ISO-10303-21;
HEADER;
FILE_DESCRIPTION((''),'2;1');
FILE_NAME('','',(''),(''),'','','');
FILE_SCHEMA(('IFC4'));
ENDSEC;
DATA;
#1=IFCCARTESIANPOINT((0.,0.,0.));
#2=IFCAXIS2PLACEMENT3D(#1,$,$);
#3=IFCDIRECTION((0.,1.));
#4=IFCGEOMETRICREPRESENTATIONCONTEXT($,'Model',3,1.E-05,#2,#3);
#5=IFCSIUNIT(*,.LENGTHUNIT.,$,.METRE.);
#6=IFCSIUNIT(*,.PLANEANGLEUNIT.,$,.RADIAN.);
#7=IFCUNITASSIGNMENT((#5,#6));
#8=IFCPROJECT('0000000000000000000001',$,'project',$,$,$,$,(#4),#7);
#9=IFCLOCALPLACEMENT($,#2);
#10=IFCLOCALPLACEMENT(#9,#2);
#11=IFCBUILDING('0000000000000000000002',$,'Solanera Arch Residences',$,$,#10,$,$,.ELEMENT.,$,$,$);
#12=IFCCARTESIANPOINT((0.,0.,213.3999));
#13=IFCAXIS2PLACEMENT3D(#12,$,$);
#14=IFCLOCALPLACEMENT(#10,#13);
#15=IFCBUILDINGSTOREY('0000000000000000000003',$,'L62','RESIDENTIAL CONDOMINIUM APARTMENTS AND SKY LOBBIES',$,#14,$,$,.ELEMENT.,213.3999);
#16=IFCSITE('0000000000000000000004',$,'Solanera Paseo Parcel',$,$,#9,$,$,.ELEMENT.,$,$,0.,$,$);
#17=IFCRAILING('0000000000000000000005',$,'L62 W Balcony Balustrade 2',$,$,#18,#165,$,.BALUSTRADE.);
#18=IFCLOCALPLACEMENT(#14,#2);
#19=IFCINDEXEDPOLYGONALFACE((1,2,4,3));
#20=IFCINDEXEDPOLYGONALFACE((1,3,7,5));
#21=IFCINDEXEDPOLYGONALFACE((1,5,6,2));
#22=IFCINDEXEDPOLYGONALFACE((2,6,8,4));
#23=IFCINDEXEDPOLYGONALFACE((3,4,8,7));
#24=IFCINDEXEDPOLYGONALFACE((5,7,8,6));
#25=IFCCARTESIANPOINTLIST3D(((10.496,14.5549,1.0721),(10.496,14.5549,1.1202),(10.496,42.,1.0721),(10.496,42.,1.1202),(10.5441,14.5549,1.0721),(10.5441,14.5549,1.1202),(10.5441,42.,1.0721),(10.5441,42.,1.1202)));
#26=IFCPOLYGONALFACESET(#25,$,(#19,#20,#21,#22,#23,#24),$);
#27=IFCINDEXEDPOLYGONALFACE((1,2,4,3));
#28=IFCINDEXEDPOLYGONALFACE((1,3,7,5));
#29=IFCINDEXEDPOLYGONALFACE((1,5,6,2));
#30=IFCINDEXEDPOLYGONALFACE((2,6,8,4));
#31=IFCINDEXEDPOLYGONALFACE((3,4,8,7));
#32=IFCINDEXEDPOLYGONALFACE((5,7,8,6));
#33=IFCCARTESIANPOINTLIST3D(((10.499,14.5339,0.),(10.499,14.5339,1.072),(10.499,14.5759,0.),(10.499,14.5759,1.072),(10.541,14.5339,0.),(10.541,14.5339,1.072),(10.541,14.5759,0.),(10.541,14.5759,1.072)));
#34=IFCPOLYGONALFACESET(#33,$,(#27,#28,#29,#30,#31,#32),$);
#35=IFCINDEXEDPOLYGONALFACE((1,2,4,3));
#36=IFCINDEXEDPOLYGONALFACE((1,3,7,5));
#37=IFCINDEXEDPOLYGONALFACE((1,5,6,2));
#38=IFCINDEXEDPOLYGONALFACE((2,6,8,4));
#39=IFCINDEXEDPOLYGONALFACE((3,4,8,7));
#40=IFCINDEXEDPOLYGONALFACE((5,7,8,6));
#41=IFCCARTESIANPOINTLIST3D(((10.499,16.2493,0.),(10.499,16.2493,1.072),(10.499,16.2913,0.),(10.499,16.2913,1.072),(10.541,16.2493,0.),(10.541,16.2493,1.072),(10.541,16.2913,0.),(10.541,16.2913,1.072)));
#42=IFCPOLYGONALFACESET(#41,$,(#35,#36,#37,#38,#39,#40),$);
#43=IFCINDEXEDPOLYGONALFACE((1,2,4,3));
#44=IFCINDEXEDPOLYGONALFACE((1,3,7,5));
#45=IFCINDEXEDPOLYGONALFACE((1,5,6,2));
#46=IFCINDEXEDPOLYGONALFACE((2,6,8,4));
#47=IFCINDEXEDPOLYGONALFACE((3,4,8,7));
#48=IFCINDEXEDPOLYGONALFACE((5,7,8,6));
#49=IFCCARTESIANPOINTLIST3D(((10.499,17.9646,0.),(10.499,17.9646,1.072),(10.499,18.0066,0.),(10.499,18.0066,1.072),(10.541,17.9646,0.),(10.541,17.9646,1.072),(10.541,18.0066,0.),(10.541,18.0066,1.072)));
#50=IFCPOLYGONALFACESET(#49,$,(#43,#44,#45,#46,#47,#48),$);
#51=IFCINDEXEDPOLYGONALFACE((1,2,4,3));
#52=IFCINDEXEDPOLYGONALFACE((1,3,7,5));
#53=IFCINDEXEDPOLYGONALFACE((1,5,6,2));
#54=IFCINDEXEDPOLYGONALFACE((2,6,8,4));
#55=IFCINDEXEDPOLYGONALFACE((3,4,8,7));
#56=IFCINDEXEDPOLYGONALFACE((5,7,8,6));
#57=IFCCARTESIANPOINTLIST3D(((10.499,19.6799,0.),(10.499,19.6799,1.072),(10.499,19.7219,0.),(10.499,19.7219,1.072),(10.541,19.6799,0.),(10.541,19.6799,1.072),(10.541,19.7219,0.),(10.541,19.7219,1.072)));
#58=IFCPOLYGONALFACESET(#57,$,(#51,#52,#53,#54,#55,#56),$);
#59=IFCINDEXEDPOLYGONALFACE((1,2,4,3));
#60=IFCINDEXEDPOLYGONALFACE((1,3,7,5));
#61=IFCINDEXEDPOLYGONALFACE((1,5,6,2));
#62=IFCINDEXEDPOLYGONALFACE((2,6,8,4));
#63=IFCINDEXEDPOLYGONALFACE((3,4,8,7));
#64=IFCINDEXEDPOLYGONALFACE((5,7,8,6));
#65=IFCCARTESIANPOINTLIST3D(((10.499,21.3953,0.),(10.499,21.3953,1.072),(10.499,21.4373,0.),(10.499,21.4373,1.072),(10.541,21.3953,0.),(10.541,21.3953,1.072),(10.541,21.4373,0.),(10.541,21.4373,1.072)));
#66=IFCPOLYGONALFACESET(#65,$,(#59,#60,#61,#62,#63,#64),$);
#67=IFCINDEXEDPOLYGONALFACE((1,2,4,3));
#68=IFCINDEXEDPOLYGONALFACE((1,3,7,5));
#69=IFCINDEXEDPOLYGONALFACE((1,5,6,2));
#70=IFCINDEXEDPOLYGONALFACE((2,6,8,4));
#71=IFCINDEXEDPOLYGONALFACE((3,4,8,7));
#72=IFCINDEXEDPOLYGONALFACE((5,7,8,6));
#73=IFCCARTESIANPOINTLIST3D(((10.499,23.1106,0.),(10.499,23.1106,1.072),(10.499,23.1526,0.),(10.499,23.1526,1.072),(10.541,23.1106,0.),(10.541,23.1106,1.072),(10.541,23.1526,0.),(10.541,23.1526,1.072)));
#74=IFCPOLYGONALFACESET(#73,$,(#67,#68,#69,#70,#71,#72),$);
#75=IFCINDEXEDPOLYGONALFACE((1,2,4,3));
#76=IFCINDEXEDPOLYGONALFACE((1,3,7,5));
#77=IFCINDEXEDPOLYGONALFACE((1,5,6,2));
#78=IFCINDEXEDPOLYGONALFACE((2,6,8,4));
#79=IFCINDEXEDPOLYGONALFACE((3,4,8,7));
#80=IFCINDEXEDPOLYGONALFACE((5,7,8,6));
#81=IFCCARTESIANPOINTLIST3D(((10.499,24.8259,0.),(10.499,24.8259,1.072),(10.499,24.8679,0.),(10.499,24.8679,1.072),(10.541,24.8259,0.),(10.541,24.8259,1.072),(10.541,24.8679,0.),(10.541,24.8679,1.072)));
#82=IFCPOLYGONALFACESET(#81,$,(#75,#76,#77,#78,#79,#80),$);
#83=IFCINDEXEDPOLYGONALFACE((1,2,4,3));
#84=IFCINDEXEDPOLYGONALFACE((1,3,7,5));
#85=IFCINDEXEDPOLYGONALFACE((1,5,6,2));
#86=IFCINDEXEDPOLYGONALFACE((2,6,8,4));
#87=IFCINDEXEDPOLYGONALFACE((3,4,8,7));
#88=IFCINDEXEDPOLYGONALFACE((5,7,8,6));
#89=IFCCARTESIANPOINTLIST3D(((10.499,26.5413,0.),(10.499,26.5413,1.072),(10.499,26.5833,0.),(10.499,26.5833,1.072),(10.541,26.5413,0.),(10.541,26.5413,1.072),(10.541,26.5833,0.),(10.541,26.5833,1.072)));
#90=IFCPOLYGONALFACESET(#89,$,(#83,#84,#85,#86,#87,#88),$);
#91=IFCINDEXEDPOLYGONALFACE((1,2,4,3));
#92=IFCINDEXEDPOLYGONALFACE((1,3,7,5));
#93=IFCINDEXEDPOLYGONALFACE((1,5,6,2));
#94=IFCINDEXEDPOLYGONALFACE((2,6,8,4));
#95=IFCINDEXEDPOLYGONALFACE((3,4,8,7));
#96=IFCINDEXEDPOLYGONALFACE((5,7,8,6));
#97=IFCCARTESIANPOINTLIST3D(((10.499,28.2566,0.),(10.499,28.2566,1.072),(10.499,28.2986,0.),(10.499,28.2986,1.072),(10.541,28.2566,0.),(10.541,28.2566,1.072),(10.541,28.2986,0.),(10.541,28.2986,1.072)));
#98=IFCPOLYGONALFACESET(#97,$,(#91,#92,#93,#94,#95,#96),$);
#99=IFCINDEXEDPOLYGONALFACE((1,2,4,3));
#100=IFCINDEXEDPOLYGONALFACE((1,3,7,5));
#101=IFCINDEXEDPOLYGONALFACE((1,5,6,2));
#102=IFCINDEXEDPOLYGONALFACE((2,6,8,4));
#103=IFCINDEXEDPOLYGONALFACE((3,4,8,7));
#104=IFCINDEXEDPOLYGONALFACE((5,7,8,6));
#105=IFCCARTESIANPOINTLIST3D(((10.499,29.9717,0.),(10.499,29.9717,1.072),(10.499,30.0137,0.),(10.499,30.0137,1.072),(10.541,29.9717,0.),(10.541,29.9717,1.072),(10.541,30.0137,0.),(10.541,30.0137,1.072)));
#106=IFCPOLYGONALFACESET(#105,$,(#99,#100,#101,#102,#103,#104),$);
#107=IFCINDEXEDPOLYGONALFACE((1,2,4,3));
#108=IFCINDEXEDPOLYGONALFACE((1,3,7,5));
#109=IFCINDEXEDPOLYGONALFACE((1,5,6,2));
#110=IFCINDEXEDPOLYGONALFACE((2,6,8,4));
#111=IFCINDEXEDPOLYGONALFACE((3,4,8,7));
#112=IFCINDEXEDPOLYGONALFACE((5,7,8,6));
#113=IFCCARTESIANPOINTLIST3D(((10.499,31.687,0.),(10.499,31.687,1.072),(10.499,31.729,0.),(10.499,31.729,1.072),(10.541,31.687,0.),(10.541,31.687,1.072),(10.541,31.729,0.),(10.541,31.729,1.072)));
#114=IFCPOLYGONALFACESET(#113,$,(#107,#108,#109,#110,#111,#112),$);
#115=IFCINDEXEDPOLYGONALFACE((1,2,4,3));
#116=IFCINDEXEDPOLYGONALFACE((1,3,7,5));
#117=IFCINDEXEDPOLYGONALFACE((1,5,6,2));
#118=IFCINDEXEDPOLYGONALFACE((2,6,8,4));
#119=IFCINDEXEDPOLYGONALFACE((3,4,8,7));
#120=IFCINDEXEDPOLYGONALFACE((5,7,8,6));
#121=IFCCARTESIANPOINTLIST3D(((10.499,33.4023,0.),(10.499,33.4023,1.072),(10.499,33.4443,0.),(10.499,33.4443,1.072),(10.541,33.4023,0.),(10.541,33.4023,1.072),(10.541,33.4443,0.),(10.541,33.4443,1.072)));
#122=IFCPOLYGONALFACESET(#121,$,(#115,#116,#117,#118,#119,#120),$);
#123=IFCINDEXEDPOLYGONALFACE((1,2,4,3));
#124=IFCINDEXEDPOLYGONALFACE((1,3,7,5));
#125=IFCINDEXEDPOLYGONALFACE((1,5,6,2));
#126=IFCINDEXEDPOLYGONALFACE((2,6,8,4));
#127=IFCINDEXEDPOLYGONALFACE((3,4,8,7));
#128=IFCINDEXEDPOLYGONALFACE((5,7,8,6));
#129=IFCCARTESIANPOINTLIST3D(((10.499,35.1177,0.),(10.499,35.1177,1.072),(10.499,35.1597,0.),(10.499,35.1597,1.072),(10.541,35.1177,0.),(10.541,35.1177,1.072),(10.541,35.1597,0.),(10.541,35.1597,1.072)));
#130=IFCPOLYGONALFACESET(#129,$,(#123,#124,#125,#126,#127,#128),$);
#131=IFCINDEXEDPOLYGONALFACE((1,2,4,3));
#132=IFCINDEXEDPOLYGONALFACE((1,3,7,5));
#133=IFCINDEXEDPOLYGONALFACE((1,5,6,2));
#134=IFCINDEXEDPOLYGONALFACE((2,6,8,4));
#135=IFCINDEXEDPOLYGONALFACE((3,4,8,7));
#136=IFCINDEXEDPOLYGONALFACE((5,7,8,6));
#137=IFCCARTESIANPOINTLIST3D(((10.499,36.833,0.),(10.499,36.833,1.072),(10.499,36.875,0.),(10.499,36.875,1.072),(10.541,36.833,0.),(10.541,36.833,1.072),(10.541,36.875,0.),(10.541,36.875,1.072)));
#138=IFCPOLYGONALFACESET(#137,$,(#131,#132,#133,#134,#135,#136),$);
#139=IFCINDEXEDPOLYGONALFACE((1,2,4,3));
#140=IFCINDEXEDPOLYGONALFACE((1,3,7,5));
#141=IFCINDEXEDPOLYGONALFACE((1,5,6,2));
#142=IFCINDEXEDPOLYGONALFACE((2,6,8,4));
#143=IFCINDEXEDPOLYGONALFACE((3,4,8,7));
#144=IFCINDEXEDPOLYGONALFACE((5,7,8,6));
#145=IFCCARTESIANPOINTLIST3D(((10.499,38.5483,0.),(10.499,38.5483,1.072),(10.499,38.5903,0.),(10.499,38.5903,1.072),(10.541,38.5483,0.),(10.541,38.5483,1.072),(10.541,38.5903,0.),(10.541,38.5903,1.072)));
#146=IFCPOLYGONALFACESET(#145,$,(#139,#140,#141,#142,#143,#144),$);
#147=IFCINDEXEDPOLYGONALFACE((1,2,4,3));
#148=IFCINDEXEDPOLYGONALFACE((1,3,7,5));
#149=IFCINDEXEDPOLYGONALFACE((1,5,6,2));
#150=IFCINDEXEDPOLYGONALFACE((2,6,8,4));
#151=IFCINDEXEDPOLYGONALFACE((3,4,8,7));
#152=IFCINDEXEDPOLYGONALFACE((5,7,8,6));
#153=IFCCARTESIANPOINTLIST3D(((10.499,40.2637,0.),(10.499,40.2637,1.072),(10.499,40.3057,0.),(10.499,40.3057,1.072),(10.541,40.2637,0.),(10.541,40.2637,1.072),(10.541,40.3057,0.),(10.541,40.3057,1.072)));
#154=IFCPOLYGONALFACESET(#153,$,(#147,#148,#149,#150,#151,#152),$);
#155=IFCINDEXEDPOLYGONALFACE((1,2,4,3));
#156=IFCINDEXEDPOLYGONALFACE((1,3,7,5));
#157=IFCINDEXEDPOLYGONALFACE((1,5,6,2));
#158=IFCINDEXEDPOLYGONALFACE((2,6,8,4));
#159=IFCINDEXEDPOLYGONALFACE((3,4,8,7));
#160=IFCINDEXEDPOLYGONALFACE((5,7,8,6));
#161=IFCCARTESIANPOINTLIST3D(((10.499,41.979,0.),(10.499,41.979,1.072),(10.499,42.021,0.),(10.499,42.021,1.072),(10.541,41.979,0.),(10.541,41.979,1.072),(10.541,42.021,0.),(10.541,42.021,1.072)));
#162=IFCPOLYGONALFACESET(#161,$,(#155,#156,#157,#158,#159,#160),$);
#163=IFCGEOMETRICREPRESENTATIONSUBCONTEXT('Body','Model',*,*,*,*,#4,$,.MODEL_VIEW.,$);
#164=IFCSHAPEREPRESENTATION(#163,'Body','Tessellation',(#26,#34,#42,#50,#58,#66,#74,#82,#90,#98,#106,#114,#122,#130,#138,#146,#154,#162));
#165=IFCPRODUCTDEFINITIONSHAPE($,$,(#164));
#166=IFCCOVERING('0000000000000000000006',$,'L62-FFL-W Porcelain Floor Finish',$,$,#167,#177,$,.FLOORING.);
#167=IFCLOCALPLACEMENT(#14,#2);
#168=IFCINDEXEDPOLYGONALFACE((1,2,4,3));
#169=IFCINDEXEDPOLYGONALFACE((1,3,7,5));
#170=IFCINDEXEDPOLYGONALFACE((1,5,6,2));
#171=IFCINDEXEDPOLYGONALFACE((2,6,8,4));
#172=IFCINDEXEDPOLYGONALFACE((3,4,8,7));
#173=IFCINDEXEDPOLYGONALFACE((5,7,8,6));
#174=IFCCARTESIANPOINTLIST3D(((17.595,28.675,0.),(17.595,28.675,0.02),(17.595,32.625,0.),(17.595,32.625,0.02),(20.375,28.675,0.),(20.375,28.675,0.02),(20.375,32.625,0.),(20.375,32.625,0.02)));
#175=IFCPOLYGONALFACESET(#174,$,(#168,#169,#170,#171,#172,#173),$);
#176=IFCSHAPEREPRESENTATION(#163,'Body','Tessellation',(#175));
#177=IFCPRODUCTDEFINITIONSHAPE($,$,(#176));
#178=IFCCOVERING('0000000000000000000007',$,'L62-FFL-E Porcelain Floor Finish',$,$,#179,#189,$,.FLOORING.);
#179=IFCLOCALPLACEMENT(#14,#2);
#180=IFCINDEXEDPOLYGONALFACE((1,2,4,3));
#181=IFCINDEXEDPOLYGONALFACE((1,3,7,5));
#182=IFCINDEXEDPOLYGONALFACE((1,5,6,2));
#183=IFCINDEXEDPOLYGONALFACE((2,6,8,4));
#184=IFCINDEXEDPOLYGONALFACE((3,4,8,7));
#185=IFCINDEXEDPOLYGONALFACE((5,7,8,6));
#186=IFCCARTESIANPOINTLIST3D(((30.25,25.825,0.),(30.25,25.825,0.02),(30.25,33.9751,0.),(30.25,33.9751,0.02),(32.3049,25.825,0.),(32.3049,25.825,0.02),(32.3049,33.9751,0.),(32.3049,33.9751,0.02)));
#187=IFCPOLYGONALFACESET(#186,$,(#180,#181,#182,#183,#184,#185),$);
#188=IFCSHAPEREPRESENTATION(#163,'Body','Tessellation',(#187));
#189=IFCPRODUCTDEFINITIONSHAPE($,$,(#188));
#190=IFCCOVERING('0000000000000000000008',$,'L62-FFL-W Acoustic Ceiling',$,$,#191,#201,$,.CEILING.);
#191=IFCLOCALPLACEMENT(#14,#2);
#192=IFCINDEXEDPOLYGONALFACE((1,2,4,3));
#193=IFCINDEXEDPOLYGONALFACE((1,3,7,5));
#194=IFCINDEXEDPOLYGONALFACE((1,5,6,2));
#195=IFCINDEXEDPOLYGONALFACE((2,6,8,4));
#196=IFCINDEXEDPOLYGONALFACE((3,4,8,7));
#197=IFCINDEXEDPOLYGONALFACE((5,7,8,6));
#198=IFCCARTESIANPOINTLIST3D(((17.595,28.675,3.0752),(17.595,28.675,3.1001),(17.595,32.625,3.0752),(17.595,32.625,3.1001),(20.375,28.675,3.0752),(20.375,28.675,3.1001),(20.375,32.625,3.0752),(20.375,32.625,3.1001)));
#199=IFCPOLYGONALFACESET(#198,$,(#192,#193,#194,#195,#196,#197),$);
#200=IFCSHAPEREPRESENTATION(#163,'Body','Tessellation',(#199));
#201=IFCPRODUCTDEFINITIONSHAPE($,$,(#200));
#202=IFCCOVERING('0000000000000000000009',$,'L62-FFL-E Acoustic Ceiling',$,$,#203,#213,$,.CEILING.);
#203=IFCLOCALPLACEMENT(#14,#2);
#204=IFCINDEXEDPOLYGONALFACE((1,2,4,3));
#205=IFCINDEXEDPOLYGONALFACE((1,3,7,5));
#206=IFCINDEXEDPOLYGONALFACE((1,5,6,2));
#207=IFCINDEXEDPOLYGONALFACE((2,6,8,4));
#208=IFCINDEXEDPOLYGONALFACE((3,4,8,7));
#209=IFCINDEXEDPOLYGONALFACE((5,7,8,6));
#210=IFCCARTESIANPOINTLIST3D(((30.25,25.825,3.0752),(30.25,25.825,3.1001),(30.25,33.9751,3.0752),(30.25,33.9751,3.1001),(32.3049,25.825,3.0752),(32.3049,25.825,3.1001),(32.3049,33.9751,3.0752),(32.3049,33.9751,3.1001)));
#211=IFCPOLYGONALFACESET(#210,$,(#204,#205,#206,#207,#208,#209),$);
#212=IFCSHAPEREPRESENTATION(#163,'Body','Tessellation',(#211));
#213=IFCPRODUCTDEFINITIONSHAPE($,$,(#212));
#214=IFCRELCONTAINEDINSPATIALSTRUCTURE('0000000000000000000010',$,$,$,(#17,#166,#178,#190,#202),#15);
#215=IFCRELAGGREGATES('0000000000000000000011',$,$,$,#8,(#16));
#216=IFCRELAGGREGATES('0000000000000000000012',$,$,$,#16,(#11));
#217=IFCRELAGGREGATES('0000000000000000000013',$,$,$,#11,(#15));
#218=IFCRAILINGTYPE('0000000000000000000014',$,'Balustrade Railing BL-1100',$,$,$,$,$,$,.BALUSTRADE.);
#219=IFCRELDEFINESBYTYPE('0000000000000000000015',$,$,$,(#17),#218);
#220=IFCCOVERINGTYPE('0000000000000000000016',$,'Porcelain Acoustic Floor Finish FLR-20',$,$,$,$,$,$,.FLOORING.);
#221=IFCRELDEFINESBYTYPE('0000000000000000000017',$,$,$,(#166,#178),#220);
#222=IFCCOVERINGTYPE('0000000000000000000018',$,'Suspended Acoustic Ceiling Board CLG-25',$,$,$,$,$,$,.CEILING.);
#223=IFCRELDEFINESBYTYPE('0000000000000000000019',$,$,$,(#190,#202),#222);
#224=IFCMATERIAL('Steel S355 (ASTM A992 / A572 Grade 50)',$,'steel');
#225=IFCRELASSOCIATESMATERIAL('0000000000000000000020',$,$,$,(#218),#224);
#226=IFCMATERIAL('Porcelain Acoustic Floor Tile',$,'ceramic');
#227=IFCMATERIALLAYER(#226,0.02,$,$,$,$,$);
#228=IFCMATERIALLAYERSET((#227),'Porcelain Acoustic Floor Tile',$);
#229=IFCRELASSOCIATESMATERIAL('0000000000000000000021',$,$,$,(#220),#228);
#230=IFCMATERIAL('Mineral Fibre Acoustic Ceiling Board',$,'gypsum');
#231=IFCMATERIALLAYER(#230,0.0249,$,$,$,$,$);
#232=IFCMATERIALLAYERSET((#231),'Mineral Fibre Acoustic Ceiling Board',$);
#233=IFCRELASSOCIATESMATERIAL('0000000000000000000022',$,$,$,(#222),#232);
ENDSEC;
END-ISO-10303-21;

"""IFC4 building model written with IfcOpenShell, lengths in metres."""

from ifc_helpers import new_model, si_unit, direction, frame, origin, origin_2d, place, context, subcontext, project, spatial, polyline, rectangle, outline, extrude, material, layer, layer_set, type_object, element, save


model = new_model("IFC4")

# Units and contexts
model_context = context("Model", 3, precision=1e-05, world=origin(), true_north=direction((0.0, 1.0)))
body_context = subcontext(model_context, "Body", "Model", "MODEL_VIEW")
ifc_project = project(units=[si_unit("LENGTHUNIT", "METRE"), si_unit("PLANEANGLEUNIT", "RADIAN")], contexts=[model_context])

# Site, building, storey
site_placement = place(None, origin())
site = spatial("IfcSite", under=ifc_project, at=site_placement, Name="Solanera Paseo Parcel", CompositionType="ELEMENT", RefElevation=0.0)
building_placement = place(site_placement, origin())
building = spatial("IfcBuilding", under=site, at=building_placement, Name="Solanera Arch Residences", CompositionType="ELEMENT")
storey_placement = place(building_placement, frame((0.0, 0.0, 213.3999)))
storey = spatial("IfcBuildingStorey", under=building, at=storey_placement, Name="L62", Description="RESIDENTIAL CONDOMINIUM APARTMENTS AND SKY LOBBIES", CompositionType="ELEMENT", Elevation=213.3999)

# Railing
ifc_material_1 = material(Name="Steel S355 (ASTM A992 / A572 Grade 50)", Category="steel")
railing_type = type_object("IfcRailingType", Name="Balustrade Railing BL-1100", PredefinedType="BALUSTRADE", material=ifc_material_1)
railing_placement = place(storey_placement, frame((10.52, 14.5549, 0.0)))
element("IfcRailing", 1, at=railing_placement, inside=storey, type_object=railing_type, Name="L62 W Balcony Balustrade 2", PredefinedType="BALUSTRADE", context=body_context, shape_type="SweptSolid", body=[
    extrude(rectangle(XDim=0.0481, YDim=0.0481, at=origin_2d()), frame((0.0, 0.0, 1.0962), z_axis=(0.0, 1.0, 0.0), x_axis=(-1.0, 0.0, 0.0)), (0.0, 0.0, 1.0), 27.4451),
    extrude(rectangle(XDim=0.042, YDim=0.042, at=origin_2d()), origin(), (0.0, 0.0, 1.0), 1.072),
    extrude(rectangle(XDim=0.042, YDim=0.042, at=origin_2d()), frame((0.0, 1.7153, 0.0)), (0.0, 0.0, 1.0), 1.072),
    extrude(rectangle(XDim=0.042, YDim=0.042, at=origin_2d()), frame((0.0, 3.4307, 0.0)), (0.0, 0.0, 1.0), 1.072),
    extrude(rectangle(XDim=0.042, YDim=0.042, at=origin_2d()), frame((0.0, 5.146, 0.0)), (0.0, 0.0, 1.0), 1.072),
    extrude(rectangle(XDim=0.042, YDim=0.042, at=origin_2d()), frame((0.0, 6.8613, 0.0)), (0.0, 0.0, 1.0), 1.072),
    extrude(rectangle(XDim=0.042, YDim=0.042, at=origin_2d()), frame((0.0, 8.5767, 0.0)), (0.0, 0.0, 1.0), 1.072),
    extrude(rectangle(XDim=0.042, YDim=0.042, at=origin_2d()), frame((0.0, 10.292, 0.0)), (0.0, 0.0, 1.0), 1.072),
    extrude(rectangle(XDim=0.042, YDim=0.042, at=origin_2d()), frame((0.0, 12.0073, 0.0)), (0.0, 0.0, 1.0), 1.072),
    extrude(rectangle(XDim=0.042, YDim=0.042, at=origin_2d()), frame((0.0, 13.7227, 0.0)), (0.0, 0.0, 1.0), 1.072),
    extrude(rectangle(XDim=0.042, YDim=0.042, at=origin_2d()), frame((0.0, 15.4377, 0.0)), (0.0, 0.0, 1.0), 1.072),
    extrude(rectangle(XDim=0.042, YDim=0.042, at=origin_2d()), frame((0.0, 17.1531, 0.0)), (0.0, 0.0, 1.0), 1.072),
    extrude(rectangle(XDim=0.042, YDim=0.042, at=origin_2d()), frame((0.0, 18.8684, 0.0)), (0.0, 0.0, 1.0), 1.072),
    extrude(rectangle(XDim=0.042, YDim=0.042, at=origin_2d()), frame((0.0, 20.5837, 0.0)), (0.0, 0.0, 1.0), 1.072),
    extrude(rectangle(XDim=0.042, YDim=0.042, at=origin_2d()), frame((0.0, 22.2991, 0.0)), (0.0, 0.0, 1.0), 1.072),
    extrude(rectangle(XDim=0.042, YDim=0.042, at=origin_2d()), frame((0.0, 24.0144, 0.0)), (0.0, 0.0, 1.0), 1.072),
    extrude(rectangle(XDim=0.042, YDim=0.042, at=origin_2d()), frame((0.0, 25.7297, 0.0)), (0.0, 0.0, 1.0), 1.072),
    extrude(rectangle(XDim=0.042, YDim=0.042, at=origin_2d()), frame((0.0, 27.4451, 0.0)), (0.0, 0.0, 1.0), 1.072),
])

# Coverings
ifc_material_2 = material(Name="Porcelain Acoustic Floor Tile", Category="ceramic")
ifc_layer_1 = layer(ifc_material_2, 0.02)
ifc_layer_set_1 = layer_set([ifc_layer_1], Name="Porcelain Acoustic Floor Tile")
covering_type_1 = type_object("IfcCoveringType", Name="Porcelain Acoustic Floor Finish FLR-20", PredefinedType="FLOORING", material=ifc_layer_set_1)
covering_1_placement = place(storey_placement, origin())
element("IfcCovering", 2, at=covering_1_placement, inside=storey, type_object=covering_type_1, Name="L62-FFL-W Porcelain Floor Finish", PredefinedType="FLOORING", context=body_context, shape_type="SweptSolid", body=[
    extrude(outline(polyline([(20.375, 28.675), (17.595, 28.675), (17.595, 32.625), (20.375, 32.625), (20.375, 28.675)])), origin(), (0.0, 0.0, 1.0), 0.02),
])
covering_2_placement = place(storey_placement, origin())
element("IfcCovering", 3, at=covering_2_placement, inside=storey, type_object=covering_type_1, Name="L62-FFL-E Porcelain Floor Finish", PredefinedType="FLOORING", context=body_context, shape_type="SweptSolid", body=[
    extrude(outline(polyline([(32.3049, 25.825), (30.25, 25.825), (30.25, 33.9751), (32.3049, 33.9751), (32.3049, 25.825)])), origin(), (0.0, 0.0, 1.0), 0.02),
])
ifc_material_3 = material(Name="Mineral Fibre Acoustic Ceiling Board", Category="gypsum")
ifc_layer_2 = layer(ifc_material_3, 0.0249)
ifc_layer_set_2 = layer_set([ifc_layer_2], Name="Mineral Fibre Acoustic Ceiling Board")
covering_type_2 = type_object("IfcCoveringType", Name="Suspended Acoustic Ceiling Board CLG-25", PredefinedType="CEILING", material=ifc_layer_set_2)
covering_3_placement = place(storey_placement, frame((0.0, 0.0, 3.0752)))
element("IfcCovering", 4, at=covering_3_placement, inside=storey, type_object=covering_type_2, Name="L62-FFL-W Acoustic Ceiling", PredefinedType="CEILING", context=body_context, shape_type="SweptSolid", body=[
    extrude(outline(polyline([(20.375, 28.675), (17.595, 28.675), (17.595, 32.625), (20.375, 32.625), (20.375, 28.675)])), origin(), (0.0, 0.0, 1.0), 0.0249),
])
covering_4_placement = place(storey_placement, frame((0.0, 0.0, 3.0752)))
element("IfcCovering", 5, at=covering_4_placement, inside=storey, type_object=covering_type_2, Name="L62-FFL-E Acoustic Ceiling", PredefinedType="CEILING", context=body_context, shape_type="SweptSolid", body=[
    extrude(outline(polyline([(32.3049, 25.825), (30.25, 25.825), (30.25, 33.9751), (32.3049, 33.9751), (32.3049, 25.825)])), origin(), (0.0, 0.0, 1.0), 0.0249),
])

save(model, "model.ifc")
